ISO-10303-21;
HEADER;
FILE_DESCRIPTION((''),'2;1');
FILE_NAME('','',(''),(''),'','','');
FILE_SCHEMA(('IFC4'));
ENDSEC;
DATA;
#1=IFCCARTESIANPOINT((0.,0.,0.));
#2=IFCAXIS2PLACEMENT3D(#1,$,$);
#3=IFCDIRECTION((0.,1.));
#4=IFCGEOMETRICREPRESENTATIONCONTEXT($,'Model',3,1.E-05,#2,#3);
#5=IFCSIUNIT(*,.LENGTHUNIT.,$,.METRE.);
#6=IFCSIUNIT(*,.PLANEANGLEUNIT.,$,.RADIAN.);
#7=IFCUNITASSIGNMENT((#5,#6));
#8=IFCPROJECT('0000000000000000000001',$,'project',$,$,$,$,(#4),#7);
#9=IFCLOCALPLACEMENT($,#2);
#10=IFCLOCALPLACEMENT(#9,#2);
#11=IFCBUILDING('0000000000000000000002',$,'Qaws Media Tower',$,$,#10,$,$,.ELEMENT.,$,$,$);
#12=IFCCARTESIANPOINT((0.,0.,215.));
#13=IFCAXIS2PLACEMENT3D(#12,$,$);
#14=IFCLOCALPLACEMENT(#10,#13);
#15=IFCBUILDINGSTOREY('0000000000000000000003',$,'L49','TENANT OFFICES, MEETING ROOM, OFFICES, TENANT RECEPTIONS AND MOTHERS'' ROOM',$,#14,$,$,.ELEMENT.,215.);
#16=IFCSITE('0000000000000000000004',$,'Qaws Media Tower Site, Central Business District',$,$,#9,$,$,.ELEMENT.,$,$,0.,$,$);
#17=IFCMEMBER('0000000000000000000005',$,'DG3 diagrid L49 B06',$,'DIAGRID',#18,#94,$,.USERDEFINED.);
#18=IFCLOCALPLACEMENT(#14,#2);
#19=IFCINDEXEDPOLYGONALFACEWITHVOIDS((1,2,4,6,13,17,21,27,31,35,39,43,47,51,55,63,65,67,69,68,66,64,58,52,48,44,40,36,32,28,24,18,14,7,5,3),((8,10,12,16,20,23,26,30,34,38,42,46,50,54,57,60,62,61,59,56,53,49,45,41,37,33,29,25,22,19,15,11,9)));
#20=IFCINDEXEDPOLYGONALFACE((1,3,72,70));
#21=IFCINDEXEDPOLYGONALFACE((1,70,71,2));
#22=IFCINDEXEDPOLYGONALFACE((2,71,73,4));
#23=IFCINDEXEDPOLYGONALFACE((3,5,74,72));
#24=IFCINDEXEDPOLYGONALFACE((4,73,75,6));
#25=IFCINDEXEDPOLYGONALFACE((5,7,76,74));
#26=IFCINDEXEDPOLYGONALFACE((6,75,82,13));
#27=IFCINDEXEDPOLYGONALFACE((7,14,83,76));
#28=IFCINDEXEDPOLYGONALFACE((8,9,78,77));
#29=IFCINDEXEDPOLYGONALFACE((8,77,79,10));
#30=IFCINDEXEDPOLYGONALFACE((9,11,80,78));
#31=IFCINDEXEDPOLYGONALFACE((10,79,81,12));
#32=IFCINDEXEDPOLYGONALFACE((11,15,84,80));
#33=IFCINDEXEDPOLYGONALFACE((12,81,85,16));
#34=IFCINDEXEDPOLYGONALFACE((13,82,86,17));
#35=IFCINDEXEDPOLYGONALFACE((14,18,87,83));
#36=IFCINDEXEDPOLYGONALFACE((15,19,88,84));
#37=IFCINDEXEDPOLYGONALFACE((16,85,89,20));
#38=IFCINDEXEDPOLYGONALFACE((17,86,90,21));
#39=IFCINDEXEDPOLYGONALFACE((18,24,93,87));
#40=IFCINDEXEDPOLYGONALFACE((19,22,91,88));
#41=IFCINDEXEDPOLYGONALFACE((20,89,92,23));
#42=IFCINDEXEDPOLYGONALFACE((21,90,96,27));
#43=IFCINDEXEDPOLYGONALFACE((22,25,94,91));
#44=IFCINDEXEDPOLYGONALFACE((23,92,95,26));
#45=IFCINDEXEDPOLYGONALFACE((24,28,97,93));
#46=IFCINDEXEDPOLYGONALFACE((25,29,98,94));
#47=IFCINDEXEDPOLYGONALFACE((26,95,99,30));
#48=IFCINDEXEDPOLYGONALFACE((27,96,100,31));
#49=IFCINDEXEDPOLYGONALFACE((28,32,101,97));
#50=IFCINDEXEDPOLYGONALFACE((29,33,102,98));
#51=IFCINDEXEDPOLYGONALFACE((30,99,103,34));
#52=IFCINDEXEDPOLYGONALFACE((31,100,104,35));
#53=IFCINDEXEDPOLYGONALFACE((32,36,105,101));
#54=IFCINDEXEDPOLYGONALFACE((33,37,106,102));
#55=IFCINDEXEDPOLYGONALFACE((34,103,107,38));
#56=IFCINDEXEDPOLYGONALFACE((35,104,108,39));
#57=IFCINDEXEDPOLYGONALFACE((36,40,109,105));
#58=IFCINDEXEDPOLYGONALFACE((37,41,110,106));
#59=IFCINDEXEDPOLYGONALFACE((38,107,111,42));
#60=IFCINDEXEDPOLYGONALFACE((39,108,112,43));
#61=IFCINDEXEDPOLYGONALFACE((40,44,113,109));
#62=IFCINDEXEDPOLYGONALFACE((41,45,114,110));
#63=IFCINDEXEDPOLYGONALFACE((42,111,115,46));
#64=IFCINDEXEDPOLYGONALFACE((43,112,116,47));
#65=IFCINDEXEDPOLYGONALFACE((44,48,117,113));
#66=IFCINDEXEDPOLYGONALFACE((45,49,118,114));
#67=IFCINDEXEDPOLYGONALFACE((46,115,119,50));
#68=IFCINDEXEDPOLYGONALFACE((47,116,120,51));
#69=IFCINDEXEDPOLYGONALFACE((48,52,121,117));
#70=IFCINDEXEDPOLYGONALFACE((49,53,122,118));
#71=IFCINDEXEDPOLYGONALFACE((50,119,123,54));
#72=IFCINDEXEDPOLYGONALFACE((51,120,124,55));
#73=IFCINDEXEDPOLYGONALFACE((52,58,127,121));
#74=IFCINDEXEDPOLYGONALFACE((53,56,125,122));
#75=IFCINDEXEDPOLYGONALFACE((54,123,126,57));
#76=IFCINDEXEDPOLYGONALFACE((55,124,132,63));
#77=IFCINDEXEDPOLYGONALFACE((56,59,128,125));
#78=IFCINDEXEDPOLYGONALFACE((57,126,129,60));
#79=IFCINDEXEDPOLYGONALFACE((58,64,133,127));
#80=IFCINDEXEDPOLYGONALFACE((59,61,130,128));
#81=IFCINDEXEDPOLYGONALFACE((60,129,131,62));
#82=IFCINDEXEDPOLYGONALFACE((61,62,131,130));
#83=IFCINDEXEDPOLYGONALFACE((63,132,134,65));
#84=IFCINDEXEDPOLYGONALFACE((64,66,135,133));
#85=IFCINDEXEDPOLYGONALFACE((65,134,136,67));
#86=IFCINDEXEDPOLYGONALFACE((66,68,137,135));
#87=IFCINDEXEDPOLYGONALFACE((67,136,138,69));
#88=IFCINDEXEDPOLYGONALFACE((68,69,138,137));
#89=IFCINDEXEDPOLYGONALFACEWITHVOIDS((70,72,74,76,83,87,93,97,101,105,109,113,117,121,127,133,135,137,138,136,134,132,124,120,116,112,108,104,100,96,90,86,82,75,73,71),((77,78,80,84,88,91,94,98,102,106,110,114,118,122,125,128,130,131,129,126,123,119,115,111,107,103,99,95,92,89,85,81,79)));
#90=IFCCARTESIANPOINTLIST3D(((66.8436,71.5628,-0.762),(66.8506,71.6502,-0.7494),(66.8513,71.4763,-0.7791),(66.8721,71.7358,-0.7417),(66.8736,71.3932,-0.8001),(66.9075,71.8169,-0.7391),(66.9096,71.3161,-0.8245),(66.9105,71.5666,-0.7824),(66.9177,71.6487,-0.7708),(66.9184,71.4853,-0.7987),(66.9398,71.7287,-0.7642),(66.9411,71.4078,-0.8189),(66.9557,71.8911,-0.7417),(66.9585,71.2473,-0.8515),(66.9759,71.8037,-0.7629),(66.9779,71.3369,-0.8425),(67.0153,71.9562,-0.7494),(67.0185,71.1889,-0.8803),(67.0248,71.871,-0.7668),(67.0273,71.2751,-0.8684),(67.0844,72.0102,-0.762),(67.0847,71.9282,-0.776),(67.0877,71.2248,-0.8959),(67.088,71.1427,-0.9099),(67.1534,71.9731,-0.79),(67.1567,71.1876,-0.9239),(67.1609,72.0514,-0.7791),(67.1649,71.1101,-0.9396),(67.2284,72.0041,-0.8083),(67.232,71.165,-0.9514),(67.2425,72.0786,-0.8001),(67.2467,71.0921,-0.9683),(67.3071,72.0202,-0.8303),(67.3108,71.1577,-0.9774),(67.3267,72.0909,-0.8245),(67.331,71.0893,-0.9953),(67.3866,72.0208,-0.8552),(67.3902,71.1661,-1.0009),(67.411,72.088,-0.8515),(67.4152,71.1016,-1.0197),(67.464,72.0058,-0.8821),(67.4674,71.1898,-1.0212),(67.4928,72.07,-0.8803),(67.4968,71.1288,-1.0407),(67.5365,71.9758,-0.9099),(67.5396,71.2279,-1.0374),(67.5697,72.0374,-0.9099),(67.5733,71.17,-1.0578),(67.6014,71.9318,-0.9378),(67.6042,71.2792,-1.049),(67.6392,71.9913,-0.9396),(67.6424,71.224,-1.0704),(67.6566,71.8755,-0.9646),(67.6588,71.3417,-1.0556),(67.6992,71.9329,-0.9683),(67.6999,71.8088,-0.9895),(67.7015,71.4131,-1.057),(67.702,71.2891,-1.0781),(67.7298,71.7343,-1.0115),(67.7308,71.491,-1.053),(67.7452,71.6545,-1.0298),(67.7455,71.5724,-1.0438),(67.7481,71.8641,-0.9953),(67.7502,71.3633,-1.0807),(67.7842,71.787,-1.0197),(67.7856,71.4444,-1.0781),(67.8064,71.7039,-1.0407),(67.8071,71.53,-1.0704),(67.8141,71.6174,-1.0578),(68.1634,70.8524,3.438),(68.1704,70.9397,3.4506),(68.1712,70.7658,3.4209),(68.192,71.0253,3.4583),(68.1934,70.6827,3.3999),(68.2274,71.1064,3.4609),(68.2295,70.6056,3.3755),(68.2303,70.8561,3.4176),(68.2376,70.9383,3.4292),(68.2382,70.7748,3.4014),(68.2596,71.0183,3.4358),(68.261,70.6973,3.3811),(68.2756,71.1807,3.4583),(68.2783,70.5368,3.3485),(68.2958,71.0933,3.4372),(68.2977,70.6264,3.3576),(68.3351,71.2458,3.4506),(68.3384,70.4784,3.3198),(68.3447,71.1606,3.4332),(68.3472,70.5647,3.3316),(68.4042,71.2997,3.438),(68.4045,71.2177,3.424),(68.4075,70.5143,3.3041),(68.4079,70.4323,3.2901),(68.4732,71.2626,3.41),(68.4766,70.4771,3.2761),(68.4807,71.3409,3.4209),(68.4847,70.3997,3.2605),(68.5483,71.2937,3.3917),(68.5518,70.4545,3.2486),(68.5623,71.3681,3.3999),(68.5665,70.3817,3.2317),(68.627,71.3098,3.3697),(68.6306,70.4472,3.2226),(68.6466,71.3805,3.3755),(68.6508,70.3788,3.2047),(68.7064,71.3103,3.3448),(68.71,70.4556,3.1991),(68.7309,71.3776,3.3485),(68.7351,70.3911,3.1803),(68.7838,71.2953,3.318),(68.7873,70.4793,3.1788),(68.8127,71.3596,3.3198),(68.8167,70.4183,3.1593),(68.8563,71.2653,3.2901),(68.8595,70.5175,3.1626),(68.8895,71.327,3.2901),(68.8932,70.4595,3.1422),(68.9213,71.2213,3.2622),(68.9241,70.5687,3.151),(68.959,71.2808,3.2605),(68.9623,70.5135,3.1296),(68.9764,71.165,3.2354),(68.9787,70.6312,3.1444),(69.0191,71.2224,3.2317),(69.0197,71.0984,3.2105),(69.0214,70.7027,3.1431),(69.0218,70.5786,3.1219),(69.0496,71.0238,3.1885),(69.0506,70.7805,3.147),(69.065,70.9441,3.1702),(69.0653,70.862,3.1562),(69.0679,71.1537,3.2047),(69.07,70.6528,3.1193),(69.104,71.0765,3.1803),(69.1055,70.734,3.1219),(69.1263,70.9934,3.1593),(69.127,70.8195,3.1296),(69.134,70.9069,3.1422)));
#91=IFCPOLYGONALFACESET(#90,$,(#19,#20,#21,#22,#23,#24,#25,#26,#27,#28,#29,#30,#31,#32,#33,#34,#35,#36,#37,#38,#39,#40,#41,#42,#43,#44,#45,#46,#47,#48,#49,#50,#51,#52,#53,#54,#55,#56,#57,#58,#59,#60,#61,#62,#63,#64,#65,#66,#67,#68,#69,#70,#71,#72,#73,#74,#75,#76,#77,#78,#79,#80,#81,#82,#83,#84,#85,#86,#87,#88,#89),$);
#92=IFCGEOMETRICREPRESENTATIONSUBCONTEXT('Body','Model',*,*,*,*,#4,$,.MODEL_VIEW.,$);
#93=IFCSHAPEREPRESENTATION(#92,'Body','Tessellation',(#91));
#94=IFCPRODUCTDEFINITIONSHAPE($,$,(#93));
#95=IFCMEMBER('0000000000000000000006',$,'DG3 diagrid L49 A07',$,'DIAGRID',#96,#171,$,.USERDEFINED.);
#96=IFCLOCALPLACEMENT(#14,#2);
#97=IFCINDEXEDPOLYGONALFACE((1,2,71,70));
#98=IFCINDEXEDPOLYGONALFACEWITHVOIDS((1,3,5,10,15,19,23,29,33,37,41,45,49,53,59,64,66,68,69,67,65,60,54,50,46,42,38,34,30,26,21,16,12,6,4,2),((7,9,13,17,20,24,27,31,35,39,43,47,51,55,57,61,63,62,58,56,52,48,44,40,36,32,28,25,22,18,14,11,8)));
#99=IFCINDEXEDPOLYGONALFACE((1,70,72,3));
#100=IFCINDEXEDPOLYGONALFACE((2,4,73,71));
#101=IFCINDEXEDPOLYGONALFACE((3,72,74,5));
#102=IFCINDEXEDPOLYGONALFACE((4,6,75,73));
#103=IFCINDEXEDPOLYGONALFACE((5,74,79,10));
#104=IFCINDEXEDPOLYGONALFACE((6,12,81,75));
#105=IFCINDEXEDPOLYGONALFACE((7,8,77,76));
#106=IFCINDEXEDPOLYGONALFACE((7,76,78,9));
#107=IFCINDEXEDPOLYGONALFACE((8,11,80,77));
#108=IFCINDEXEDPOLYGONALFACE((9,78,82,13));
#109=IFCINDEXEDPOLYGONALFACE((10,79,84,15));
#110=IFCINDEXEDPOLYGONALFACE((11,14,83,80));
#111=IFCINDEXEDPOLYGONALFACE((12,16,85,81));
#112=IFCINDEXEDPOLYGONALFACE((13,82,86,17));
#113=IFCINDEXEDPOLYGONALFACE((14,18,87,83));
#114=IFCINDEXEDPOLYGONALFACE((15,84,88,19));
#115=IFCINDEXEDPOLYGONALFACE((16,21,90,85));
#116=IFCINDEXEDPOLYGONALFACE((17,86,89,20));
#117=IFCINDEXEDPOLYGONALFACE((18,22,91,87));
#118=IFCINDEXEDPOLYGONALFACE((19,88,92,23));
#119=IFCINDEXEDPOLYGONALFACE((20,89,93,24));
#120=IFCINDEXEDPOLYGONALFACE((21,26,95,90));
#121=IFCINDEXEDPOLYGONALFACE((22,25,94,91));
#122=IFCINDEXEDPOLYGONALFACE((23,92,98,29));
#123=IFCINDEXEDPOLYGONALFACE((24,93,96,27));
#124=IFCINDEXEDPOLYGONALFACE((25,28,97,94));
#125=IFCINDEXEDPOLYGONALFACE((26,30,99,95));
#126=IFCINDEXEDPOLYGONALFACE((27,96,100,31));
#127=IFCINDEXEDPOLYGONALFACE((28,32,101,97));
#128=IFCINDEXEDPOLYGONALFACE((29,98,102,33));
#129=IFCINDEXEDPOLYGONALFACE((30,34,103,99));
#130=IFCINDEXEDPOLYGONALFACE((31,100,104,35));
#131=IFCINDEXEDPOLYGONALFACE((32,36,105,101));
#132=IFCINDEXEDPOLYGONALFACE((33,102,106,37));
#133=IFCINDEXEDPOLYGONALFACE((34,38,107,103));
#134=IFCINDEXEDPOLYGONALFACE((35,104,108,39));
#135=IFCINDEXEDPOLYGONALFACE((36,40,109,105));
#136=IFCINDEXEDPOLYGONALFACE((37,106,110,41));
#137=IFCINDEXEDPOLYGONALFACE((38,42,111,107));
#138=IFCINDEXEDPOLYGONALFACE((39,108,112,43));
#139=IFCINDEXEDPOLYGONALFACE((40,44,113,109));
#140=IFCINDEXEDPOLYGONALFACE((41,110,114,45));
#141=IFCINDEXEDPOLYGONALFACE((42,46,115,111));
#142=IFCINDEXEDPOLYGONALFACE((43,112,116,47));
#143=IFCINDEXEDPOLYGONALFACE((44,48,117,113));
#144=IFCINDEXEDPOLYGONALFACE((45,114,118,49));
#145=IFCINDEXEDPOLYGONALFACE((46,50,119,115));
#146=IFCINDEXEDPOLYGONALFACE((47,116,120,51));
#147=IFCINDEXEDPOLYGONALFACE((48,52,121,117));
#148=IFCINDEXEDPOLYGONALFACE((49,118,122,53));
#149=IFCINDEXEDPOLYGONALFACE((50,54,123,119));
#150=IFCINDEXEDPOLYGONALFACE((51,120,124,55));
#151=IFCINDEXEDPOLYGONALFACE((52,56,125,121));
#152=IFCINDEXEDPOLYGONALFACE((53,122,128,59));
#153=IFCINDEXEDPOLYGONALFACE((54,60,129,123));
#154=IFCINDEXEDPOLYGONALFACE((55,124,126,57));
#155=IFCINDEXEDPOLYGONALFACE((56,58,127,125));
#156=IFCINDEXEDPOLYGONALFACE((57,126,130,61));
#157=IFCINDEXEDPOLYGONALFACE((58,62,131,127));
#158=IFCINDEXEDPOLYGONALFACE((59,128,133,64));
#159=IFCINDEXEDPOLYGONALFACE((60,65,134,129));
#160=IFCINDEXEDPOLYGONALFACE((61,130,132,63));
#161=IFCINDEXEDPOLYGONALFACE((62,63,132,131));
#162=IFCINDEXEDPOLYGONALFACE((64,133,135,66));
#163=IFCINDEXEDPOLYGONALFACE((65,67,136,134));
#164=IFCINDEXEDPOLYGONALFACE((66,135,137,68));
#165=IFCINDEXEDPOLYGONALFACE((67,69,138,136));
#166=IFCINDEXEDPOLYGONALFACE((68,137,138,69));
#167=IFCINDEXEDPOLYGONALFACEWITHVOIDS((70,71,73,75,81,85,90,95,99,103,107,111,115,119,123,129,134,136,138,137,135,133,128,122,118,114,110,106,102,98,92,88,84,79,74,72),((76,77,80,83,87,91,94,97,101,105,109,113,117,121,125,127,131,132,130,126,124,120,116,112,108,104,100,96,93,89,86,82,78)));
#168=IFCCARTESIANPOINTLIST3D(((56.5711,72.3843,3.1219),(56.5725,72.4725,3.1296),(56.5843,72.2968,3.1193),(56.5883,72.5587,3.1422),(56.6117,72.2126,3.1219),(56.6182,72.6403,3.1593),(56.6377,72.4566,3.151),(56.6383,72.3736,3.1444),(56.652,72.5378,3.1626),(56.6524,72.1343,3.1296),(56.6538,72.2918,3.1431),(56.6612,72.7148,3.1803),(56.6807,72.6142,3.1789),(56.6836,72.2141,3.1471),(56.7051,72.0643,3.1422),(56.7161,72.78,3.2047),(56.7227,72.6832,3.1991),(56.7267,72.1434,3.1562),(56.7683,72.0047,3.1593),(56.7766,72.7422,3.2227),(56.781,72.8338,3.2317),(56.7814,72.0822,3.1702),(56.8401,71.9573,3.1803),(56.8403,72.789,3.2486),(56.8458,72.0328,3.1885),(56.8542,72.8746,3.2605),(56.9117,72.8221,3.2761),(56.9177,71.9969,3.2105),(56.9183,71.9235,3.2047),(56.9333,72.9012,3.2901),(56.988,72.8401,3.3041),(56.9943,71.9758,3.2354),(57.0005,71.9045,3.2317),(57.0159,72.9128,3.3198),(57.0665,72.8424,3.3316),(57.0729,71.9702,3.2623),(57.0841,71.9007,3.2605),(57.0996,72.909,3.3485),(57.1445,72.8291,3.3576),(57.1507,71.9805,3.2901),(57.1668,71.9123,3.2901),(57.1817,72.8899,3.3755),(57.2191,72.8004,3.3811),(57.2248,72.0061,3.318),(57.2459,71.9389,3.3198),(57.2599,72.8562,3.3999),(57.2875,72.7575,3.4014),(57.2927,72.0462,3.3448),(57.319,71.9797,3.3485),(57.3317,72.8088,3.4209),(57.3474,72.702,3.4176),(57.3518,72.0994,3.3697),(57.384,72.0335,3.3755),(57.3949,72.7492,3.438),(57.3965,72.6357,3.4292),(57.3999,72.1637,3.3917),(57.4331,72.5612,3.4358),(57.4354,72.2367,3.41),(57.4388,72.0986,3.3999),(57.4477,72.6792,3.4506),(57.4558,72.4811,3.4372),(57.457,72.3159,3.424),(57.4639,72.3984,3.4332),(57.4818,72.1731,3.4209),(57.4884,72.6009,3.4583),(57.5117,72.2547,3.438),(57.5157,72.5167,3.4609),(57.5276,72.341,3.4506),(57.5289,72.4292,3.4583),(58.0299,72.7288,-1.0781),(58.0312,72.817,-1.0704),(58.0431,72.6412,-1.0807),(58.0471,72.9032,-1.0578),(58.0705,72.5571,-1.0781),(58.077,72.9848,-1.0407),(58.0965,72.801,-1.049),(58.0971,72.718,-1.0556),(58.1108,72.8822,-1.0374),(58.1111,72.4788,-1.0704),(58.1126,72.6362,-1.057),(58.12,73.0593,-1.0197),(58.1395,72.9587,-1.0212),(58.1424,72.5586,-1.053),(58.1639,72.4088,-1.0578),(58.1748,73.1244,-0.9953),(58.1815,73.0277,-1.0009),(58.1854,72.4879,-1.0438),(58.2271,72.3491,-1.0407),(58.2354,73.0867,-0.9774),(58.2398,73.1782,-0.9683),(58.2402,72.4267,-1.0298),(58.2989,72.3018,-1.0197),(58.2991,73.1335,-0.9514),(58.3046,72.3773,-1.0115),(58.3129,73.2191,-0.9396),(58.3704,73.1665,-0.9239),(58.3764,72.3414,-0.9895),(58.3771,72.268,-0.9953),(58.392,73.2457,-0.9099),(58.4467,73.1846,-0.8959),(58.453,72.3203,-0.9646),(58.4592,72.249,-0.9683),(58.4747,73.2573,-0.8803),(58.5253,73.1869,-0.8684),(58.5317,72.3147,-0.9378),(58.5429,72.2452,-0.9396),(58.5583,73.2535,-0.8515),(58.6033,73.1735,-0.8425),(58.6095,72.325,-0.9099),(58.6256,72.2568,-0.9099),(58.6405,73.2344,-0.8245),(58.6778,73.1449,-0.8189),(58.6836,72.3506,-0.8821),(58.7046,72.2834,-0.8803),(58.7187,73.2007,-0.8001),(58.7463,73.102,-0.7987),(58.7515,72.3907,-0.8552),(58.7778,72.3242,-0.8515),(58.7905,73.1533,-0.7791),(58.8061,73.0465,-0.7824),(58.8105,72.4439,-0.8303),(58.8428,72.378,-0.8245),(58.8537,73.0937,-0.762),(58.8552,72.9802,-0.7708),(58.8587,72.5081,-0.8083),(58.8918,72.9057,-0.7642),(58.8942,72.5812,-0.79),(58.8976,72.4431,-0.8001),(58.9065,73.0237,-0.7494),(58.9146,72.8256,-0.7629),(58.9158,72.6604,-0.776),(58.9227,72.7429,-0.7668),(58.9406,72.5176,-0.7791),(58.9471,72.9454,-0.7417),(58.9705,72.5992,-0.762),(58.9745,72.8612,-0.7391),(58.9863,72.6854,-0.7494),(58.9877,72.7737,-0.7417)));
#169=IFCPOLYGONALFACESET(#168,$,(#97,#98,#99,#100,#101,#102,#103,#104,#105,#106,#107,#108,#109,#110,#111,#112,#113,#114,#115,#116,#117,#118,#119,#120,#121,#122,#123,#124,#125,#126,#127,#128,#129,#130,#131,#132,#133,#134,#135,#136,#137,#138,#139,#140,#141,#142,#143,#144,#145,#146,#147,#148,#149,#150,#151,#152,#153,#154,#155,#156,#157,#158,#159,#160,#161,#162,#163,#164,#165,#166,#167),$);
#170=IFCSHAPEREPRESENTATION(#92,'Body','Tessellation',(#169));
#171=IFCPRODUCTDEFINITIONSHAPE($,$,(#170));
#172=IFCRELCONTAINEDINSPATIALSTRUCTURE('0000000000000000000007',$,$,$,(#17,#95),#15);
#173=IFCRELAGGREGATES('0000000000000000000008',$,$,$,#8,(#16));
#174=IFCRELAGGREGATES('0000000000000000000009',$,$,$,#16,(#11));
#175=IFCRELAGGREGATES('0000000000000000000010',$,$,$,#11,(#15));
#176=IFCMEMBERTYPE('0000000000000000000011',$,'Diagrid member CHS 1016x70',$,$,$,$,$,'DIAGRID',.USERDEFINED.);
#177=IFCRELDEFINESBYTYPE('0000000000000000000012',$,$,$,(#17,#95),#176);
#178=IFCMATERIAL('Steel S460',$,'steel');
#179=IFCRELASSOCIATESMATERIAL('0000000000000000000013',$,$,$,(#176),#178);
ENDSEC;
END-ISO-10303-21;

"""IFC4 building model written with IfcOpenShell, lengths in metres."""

from ifc_helpers import new_model, si_unit, direction, frame, origin, origin_2d, place, context, subcontext, project, spatial, hollow_circle, extrude, material, material_profile, profile_set, type_object, element, save


model = new_model("IFC4")

# Units and contexts
model_context = context("Model", 3, precision=1e-05, world=origin(), true_north=direction((0.0, 1.0)))
body_context = subcontext(model_context, "Body", "Model", "MODEL_VIEW")
ifc_project = project(units=[si_unit("LENGTHUNIT", "METRE"), si_unit("PLANEANGLEUNIT", "RADIAN")], contexts=[model_context])

# Site, building, storey
site_placement = place(None, origin())
site = spatial("IfcSite", under=ifc_project, at=site_placement, Name="Qaws Media Tower Site, Central Business District", CompositionType="ELEMENT", RefElevation=0.0)
building_placement = place(site_placement, origin())
building = spatial("IfcBuilding", under=site, at=building_placement, Name="Qaws Media Tower", CompositionType="ELEMENT")
storey_placement = place(building_placement, frame((0.0, 0.0, 215.0)))
storey = spatial("IfcBuildingStorey", under=building, at=storey_placement, Name="L49", Description="TENANT OFFICES, MEETING ROOM, OFFICES, TENANT RECEPTIONS AND MOTHERS' ROOM", CompositionType="ELEMENT", Elevation=215.0)

# Members
ifc_material_1 = material(Name="Steel S460", Category="steel")
ifc_material_profile_1 = material_profile(ifc_material_1, hollow_circle(Radius=0.5081, WallThickness=0.0701, at=origin_2d()), Name="CHS 1016x70")
ifc_profile_set_1 = profile_set([ifc_material_profile_1], Name="Steel S460")
member_type_1 = type_object("IfcMemberType", Name="Diagrid member CHS 1016x70", ElementType="DIAGRID", PredefinedType="USERDEFINED", material=ifc_profile_set_1)
for number, where, z_axis, x_axis, name in (
    (1, (67.3289, 71.5901, -0.9099), (0.295964, -0.159315, 0.941819), (0.473983, 0.880534, 0.0), "DG3 diagrid L49 B06"),
    (2, (58.5088, 72.7512, -0.9099), (-0.327116, -0.077249, 0.941821), (0.229829, -0.973231, 0.0), "DG3 diagrid L49 A07"),
):
    element("IfcMember", number, at=place(storey_placement, frame(where, z_axis=z_axis, x_axis=x_axis)), inside=storey, type_object=member_type_1, Name=name, ObjectType="DIAGRID", PredefinedType="USERDEFINED", context=body_context, shape_type="SweptSolid", body=[
        extrude(hollow_circle(Radius=0.5081, WallThickness=0.0701, at=origin_2d()), origin(), (0.0, 0.0, 1.0), 4.4595),
    ])

save(model, "model.ifc")
